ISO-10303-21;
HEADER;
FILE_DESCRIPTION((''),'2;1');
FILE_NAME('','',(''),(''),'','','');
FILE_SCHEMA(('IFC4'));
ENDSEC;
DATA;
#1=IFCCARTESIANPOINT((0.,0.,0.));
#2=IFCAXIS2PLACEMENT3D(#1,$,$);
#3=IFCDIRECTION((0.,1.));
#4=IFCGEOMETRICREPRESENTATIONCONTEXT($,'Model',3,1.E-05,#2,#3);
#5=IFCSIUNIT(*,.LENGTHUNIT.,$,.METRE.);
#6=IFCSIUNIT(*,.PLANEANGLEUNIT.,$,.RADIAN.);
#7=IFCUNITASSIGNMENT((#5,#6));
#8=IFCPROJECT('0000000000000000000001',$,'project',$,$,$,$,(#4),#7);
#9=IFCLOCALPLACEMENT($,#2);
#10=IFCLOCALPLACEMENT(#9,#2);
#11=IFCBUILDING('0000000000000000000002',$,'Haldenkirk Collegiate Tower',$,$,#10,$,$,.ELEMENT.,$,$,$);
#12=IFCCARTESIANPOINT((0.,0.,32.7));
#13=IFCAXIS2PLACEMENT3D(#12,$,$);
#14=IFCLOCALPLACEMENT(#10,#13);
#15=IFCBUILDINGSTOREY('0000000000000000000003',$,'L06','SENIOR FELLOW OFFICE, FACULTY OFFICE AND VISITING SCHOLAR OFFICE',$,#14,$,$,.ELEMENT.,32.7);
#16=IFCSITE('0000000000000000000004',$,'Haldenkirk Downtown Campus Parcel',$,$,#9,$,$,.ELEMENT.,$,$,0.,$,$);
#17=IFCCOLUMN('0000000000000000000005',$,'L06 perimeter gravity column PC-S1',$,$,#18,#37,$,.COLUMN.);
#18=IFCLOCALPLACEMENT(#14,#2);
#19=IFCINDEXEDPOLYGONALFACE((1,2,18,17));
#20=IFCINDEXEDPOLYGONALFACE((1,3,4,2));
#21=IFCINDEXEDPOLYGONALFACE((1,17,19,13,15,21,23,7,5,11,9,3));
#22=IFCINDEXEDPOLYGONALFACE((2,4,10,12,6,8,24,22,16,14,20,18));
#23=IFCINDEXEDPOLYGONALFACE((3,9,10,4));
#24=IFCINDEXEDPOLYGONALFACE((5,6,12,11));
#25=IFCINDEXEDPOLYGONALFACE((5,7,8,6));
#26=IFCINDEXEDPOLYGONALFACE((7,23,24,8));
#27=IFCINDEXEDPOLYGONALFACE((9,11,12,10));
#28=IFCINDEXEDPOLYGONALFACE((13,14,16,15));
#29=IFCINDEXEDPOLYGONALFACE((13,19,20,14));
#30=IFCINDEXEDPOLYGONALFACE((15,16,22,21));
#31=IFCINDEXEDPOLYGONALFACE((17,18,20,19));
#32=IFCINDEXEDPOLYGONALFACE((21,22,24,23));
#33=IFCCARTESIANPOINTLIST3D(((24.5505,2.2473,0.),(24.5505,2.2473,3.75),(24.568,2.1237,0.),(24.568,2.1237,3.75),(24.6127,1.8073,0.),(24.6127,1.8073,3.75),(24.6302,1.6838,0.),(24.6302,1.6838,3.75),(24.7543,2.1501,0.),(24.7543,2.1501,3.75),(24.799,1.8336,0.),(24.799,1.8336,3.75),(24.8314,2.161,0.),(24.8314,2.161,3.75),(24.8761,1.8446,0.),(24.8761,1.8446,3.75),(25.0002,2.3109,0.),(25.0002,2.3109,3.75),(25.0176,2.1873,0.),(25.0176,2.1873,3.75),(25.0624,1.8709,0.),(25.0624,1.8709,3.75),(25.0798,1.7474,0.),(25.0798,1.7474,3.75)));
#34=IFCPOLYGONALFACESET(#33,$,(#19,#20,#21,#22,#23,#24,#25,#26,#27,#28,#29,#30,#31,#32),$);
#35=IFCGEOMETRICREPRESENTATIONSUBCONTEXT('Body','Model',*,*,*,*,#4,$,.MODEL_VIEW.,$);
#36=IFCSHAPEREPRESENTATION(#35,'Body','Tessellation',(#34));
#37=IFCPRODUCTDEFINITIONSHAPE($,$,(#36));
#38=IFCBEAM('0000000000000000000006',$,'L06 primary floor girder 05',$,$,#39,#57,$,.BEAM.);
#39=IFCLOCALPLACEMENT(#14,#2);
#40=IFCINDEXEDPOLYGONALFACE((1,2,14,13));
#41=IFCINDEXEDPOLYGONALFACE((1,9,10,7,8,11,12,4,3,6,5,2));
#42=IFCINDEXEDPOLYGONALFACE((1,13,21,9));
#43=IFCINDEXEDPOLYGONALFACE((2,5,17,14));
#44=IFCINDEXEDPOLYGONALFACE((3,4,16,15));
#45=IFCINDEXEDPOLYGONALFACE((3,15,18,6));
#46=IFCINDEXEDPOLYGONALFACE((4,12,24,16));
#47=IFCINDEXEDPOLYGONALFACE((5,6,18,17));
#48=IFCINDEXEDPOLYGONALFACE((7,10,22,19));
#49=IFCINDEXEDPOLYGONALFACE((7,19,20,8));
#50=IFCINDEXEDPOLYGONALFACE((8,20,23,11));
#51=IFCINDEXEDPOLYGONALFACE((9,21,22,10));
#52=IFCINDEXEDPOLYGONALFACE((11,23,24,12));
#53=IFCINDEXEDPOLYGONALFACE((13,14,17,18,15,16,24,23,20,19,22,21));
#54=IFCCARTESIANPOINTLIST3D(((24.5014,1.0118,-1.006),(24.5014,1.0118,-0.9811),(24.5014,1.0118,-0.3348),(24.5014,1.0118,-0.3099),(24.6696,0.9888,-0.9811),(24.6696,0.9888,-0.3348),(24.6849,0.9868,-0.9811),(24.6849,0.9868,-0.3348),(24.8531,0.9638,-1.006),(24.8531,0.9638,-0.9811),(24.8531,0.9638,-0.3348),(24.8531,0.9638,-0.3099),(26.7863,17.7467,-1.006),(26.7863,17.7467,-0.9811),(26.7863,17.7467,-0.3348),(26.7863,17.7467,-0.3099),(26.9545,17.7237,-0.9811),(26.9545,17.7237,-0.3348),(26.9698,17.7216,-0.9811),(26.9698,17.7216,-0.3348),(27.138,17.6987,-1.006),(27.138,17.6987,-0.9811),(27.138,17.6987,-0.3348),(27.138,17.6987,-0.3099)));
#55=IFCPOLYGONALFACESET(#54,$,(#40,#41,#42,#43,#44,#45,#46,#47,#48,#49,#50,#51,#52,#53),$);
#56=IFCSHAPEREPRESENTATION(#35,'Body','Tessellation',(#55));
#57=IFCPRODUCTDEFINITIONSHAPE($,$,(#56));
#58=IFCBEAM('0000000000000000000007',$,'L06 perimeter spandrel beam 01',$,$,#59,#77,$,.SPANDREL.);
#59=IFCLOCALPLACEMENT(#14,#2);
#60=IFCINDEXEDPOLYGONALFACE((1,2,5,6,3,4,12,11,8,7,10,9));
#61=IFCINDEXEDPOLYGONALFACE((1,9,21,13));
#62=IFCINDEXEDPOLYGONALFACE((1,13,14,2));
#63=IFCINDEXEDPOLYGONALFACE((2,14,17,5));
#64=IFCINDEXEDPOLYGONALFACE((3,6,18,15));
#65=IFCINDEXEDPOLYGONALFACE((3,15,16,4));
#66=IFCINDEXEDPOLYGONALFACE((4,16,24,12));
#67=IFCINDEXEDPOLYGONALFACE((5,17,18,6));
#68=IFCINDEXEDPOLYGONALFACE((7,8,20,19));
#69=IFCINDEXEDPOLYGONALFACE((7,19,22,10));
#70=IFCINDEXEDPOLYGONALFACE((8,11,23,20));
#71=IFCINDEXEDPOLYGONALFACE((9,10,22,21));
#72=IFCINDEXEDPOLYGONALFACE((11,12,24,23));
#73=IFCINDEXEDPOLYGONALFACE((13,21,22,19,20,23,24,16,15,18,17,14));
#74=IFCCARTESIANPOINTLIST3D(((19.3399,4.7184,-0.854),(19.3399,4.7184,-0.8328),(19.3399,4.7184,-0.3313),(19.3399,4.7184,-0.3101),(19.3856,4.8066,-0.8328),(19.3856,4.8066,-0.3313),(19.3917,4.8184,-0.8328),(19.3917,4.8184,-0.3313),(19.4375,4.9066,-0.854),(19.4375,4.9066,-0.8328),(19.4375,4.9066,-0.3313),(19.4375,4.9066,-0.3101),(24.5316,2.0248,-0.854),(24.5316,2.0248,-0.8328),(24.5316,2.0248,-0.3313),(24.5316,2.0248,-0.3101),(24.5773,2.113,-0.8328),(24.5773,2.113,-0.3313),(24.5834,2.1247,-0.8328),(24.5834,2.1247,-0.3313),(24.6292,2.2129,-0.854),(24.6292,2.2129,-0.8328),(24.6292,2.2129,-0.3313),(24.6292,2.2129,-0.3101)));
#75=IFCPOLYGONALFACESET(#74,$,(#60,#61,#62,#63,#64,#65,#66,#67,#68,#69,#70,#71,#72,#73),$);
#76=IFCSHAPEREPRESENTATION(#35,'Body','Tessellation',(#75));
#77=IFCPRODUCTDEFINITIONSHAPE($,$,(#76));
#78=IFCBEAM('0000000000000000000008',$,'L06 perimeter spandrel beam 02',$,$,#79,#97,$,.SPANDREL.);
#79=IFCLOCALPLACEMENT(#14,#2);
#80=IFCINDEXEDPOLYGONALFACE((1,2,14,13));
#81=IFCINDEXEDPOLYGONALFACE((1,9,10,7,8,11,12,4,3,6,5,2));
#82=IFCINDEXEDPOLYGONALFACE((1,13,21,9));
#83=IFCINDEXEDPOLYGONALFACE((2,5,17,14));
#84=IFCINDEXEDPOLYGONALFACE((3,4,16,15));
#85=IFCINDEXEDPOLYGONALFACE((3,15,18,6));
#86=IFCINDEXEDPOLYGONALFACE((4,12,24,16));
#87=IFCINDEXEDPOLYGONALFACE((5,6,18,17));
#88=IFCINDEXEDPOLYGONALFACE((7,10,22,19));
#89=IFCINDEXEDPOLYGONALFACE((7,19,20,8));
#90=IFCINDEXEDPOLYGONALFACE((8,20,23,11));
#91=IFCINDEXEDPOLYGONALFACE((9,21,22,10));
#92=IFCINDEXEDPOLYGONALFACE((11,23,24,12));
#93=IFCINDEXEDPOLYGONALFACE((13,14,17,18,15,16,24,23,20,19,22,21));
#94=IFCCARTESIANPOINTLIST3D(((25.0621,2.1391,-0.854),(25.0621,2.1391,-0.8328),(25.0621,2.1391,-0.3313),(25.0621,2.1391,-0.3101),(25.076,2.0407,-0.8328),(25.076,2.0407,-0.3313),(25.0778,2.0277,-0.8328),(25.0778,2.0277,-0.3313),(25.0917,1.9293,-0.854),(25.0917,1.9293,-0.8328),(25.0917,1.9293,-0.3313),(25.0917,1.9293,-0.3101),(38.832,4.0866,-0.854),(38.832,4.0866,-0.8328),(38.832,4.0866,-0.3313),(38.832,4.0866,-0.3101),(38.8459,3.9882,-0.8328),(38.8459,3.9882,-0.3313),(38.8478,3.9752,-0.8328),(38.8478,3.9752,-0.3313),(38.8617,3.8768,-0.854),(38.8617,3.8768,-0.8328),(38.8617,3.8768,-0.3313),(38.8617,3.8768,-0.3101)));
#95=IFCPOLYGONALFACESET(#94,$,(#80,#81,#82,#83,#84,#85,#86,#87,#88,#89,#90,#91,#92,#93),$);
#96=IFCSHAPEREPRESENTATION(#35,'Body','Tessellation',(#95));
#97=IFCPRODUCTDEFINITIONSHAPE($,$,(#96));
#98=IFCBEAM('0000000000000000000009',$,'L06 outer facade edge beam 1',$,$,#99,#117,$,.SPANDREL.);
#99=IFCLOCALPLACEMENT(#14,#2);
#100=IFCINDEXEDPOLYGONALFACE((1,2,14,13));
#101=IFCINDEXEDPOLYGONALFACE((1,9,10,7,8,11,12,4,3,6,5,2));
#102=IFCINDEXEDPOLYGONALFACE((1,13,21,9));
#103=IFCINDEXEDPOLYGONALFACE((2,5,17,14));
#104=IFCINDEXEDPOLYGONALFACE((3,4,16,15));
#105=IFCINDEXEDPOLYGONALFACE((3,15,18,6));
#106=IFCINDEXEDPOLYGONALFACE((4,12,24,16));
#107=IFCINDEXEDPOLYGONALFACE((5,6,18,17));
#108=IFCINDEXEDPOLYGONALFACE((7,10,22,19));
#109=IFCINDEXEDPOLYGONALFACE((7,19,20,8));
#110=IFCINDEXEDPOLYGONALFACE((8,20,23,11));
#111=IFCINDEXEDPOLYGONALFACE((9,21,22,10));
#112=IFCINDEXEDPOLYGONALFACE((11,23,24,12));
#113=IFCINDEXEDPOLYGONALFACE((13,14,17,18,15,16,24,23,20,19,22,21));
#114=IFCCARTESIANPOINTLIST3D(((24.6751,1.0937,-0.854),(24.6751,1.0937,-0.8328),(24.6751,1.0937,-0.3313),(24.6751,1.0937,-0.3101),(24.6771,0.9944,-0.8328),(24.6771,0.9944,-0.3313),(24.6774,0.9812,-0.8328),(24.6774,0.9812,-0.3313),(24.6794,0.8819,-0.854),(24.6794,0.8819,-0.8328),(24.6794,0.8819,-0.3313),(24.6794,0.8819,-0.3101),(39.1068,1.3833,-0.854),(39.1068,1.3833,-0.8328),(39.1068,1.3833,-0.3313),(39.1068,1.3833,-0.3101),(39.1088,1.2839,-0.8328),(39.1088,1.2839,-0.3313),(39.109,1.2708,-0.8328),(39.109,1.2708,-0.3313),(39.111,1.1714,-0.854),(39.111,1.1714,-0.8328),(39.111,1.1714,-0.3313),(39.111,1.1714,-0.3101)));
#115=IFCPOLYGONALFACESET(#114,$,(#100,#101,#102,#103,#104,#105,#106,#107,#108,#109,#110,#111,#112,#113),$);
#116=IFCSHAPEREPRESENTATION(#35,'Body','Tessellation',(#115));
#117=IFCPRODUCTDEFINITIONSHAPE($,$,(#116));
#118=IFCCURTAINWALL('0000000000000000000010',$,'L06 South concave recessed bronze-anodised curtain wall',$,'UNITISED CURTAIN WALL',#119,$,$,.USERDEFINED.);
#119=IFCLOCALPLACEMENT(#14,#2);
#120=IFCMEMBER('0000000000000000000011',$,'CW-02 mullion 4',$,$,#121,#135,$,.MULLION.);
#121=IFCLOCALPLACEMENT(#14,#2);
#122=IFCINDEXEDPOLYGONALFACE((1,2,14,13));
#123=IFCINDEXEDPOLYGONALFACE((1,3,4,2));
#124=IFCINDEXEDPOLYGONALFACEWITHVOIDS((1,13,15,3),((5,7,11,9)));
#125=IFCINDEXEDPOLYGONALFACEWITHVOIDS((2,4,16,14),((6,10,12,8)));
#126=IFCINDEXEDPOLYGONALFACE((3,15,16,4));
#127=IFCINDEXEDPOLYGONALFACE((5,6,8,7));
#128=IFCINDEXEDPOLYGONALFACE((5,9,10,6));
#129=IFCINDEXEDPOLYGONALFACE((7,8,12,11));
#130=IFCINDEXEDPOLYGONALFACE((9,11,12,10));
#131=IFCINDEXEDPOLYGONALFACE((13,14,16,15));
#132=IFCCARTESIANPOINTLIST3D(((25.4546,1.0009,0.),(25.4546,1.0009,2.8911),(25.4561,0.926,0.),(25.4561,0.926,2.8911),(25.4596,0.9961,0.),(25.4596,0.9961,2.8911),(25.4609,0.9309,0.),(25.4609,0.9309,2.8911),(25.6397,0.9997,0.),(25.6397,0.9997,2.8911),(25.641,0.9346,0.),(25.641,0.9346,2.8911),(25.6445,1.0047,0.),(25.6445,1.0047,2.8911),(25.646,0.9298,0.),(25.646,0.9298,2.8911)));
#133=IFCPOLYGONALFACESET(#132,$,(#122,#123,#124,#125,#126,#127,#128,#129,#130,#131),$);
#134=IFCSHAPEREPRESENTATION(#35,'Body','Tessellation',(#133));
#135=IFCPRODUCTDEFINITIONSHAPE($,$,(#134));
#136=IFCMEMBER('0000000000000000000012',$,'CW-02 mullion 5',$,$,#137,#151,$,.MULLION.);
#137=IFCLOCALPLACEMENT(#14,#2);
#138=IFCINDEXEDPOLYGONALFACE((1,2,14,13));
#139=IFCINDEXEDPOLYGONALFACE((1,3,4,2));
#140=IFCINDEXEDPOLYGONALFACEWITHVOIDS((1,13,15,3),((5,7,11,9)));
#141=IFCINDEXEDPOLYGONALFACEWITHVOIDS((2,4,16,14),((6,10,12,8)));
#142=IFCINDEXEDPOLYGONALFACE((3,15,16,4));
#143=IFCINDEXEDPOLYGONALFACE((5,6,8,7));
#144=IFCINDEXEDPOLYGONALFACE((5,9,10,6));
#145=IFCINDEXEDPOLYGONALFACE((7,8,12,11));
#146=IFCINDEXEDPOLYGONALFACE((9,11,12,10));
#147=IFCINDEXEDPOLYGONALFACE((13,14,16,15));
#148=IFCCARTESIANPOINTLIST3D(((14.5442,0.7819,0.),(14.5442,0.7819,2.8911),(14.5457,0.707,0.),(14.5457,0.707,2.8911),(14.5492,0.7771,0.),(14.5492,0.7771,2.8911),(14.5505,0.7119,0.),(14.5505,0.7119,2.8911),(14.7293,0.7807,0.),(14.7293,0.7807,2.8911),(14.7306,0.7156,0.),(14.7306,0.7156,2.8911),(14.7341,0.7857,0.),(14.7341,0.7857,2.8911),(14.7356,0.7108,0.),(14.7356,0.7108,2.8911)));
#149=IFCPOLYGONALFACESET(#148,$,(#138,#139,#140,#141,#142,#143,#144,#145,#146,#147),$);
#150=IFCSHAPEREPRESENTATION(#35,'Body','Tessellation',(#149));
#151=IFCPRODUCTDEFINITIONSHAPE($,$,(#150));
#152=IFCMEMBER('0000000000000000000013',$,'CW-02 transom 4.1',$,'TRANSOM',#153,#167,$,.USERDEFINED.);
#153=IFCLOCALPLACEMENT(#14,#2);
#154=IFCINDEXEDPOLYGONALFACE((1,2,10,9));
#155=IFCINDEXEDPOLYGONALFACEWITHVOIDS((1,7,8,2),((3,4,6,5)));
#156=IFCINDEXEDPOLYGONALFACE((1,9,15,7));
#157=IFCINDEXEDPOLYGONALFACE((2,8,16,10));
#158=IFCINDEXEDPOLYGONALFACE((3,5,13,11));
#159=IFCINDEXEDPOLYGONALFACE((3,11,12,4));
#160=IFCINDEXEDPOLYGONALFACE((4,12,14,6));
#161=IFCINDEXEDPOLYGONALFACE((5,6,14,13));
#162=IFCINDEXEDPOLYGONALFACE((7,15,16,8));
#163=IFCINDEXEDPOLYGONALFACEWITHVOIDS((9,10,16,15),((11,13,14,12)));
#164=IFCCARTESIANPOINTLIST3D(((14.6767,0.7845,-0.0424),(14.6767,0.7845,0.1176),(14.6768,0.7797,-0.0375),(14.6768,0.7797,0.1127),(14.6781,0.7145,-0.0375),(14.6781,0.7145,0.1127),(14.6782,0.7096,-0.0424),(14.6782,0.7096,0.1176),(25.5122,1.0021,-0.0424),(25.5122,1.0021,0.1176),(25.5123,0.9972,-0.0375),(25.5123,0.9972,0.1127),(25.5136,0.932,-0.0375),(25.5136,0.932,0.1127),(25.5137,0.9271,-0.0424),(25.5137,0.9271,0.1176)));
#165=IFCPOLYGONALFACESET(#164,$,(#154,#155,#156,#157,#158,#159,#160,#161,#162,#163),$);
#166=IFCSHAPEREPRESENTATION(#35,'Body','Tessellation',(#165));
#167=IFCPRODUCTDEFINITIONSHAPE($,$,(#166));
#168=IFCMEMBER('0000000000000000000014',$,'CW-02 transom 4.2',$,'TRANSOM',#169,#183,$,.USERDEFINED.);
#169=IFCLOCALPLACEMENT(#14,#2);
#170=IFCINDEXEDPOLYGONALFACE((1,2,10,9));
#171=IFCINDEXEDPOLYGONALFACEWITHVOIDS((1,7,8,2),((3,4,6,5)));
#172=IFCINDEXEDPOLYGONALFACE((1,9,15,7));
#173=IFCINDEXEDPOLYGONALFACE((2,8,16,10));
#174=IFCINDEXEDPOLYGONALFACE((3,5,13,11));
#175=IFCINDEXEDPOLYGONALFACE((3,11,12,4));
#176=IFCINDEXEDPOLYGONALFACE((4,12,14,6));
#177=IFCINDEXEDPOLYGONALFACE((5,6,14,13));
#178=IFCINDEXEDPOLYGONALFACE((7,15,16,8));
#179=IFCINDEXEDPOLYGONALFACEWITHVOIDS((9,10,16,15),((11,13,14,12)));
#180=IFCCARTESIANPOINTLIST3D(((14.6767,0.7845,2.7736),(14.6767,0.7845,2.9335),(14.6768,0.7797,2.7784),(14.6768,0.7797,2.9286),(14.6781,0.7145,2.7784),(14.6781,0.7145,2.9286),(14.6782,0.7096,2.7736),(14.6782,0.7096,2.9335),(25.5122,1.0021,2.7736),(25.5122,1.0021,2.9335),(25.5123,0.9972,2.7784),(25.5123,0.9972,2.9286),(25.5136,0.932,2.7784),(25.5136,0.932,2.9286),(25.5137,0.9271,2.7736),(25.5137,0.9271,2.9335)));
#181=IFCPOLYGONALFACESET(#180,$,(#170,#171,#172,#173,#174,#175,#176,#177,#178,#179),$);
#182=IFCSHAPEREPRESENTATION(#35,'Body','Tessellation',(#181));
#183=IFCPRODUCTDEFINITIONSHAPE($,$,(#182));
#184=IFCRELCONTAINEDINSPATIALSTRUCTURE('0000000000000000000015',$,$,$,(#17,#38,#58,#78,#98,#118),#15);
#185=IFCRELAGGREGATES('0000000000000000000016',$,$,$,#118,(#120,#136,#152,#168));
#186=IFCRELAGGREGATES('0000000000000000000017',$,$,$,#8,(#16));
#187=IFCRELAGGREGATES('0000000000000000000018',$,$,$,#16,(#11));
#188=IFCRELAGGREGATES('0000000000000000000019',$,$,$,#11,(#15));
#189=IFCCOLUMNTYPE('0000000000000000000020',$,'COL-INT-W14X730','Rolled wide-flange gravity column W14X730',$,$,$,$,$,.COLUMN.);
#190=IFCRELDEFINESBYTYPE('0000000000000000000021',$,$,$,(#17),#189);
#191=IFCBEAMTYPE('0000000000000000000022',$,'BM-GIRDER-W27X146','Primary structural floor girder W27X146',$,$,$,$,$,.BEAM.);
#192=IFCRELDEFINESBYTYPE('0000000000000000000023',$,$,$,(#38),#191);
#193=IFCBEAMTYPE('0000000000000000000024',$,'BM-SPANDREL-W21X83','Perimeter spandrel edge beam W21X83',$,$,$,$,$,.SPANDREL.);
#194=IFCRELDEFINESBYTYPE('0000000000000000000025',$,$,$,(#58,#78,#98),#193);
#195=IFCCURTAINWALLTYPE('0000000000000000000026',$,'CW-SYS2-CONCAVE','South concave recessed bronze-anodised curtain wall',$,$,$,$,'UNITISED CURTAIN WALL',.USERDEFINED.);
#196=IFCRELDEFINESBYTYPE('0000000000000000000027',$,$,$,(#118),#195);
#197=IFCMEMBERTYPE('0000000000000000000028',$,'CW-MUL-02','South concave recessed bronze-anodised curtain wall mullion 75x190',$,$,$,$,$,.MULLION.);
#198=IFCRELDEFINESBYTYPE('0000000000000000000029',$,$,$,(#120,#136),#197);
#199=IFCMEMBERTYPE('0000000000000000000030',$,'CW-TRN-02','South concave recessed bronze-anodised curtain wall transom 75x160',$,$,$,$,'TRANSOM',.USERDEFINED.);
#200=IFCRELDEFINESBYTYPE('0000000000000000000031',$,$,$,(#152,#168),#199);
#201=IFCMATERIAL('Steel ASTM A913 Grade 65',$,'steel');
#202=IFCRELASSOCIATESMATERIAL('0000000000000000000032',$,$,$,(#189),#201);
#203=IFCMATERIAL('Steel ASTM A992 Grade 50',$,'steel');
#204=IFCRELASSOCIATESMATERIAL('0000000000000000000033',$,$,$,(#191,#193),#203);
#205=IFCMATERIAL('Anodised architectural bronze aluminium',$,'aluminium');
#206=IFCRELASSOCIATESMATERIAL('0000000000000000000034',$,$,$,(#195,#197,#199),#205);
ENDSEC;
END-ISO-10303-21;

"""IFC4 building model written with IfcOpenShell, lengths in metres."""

from ifc_helpers import new_model, si_unit, direction, frame, origin, origin_2d, place, context, subcontext, project, spatial, hollow_rectangle, i_section, extrude, material, material_profile, profile_set, type_object, element, aggregate, save


model = new_model("IFC4")

# Units and contexts
model_context = context("Model", 3, precision=1e-05, world=origin(), true_north=direction((0.0, 1.0)))
body_context = subcontext(model_context, "Body", "Model", "MODEL_VIEW")
ifc_project = project(units=[si_unit("LENGTHUNIT", "METRE"), si_unit("PLANEANGLEUNIT", "RADIAN")], contexts=[model_context])

# Site, building, storey
site_placement = place(None, origin())
site = spatial("IfcSite", under=ifc_project, at=site_placement, Name="Haldenkirk Downtown Campus Parcel", CompositionType="ELEMENT", RefElevation=0.0)
building_placement = place(site_placement, origin())
building = spatial("IfcBuilding", under=site, at=building_placement, Name="Haldenkirk Collegiate Tower", CompositionType="ELEMENT")
storey_placement = place(building_placement, frame((0.0, 0.0, 32.7)))
storey = spatial("IfcBuildingStorey", under=building, at=storey_placement, Name="L06", Description="SENIOR FELLOW OFFICE, FACULTY OFFICE AND VISITING SCHOLAR OFFICE", CompositionType="ELEMENT", Elevation=32.7)

# Column
ifc_material_1 = material(Name="Steel ASTM A913 Grade 65", Category="steel")
ifc_material_profile_1 = material_profile(ifc_material_1, i_section(OverallWidth=0.4541, OverallDepth=0.5691, WebThickness=0.0779, FlangeThickness=0.1248, at=origin_2d()), Name="W14X730")
ifc_profile_set_1 = profile_set([ifc_material_profile_1], Name="Steel ASTM A913 Grade 65")
column_type = type_object("IfcColumnType", Name="COL-INT-W14X730", Description="Rolled wide-flange gravity column W14X730", PredefinedType="COLUMN", material=ifc_profile_set_1)
column_placement = place(storey_placement, frame((24.8152, 1.9973, 0.0), z_axis=(0.0, 0.0, 1.0), x_axis=(0.990146, 0.140037, 0.0)))
element("IfcColumn", 1, at=column_placement, inside=storey, type_object=column_type, Name="L06 perimeter gravity column PC-S1", PredefinedType="COLUMN", context=body_context, shape_type="SweptSolid", body=[
    extrude(i_section(OverallWidth=0.4541, OverallDepth=0.5691, WebThickness=0.0779, FlangeThickness=0.1248, at=origin_2d()), origin(), (0.0, 0.0, 1.0), 3.75),
])

# Beams
ifc_material_2 = material(Name="Steel ASTM A992 Grade 50", Category="steel")
ifc_material_profile_2 = material_profile(ifc_material_2, i_section(OverallWidth=0.355, OverallDepth=0.696, WebThickness=0.0154, FlangeThickness=0.0249, at=origin_2d()), Name="W27X146")
ifc_profile_set_2 = profile_set([ifc_material_profile_2], Name="Steel ASTM A992 Grade 50")
beam_type_1 = type_object("IfcBeamType", Name="BM-GIRDER-W27X146", Description="Primary structural floor girder W27X146", PredefinedType="BEAM", material=ifc_profile_set_2)
beam_1_placement = place(storey_placement, frame((24.6772, 0.9878, -0.658), z_axis=(0.135281, 0.990807, 0.0), x_axis=(-0.990807, 0.135281, 0.0)))
element("IfcBeam", 2, at=beam_1_placement, inside=storey, type_object=beam_type_1, Name="L06 primary floor girder 05", PredefinedType="BEAM", context=body_context, shape_type="SweptSolid", body=[
    extrude(i_section(OverallWidth=0.355, OverallDepth=0.696, WebThickness=0.0154, FlangeThickness=0.0249, at=origin_2d()), origin(), (0.0, 0.0, 1.0), 16.8901),
])
ifc_material_profile_3 = material_profile(ifc_material_2, i_section(OverallWidth=0.2119, OverallDepth=0.5439, WebThickness=0.0132, FlangeThickness=0.0212, at=origin_2d()), Name="W21X83")
ifc_profile_set_3 = profile_set([ifc_material_profile_3], Name="Steel ASTM A992 Grade 50")
beam_type_2 = type_object("IfcBeamType", Name="BM-SPANDREL-W21X83", Description="Perimeter spandrel edge beam W21X83", PredefinedType="SPANDREL", material=ifc_profile_set_3)
beam_2_placement = place(storey_placement, frame((19.3887, 4.8125, -0.582), z_axis=(0.88764, -0.460538, 0.0), x_axis=(0.460538, 0.88764, 0.0)))
element("IfcBeam", 3, at=beam_2_placement, inside=storey, type_object=beam_type_2, Name="L06 perimeter spandrel beam 01", PredefinedType="SPANDREL", context=body_context, shape_type="SweptSolid", body=[
    extrude(i_section(OverallWidth=0.2119, OverallDepth=0.5439, WebThickness=0.0132, FlangeThickness=0.0212, at=origin_2d()), origin(), (0.0, 0.0, 1.0), 5.8489),
])
beam_3_placement = place(storey_placement, frame((25.0769, 2.0342, -0.582), z_axis=(0.990146, 0.140038, 0.0), x_axis=(-0.140038, 0.990146, 0.0)))
element("IfcBeam", 4, at=beam_3_placement, inside=storey, type_object=beam_type_2, Name="L06 perimeter spandrel beam 02", PredefinedType="SPANDREL", context=body_context, shape_type="SweptSolid", body=[
    extrude(i_section(OverallWidth=0.2119, OverallDepth=0.5439, WebThickness=0.0132, FlangeThickness=0.0212, at=origin_2d()), origin(), (0.0, 0.0, 1.0), 13.907),
])
beam_4_placement = place(storey_placement, frame((24.6772, 0.9878, -0.582), z_axis=(0.999799, 0.02006, 0.0), x_axis=(-0.02006, 0.999799, 0.0)))
element("IfcBeam", 5, at=beam_4_placement, inside=storey, type_object=beam_type_2, Name="L06 outer facade edge beam 1", PredefinedType="SPANDREL", context=body_context, shape_type="SweptSolid", body=[
    extrude(i_section(OverallWidth=0.2119, OverallDepth=0.5439, WebThickness=0.0132, FlangeThickness=0.0212, at=origin_2d()), origin(), (0.0, 0.0, 1.0), 14.4346),
])

# Curtain wall, members
ifc_material_3 = material(Name="Anodised architectural bronze aluminium", Category="aluminium")
curtain_wall_type = type_object("IfcCurtainWallType", Name="CW-SYS2-CONCAVE", Description="South concave recessed bronze-anodised curtain wall", ElementType="UNITISED CURTAIN WALL", PredefinedType="USERDEFINED", material=ifc_material_3)
curtain_wall_placement = place(storey_placement, origin())
curtain_wall = element("IfcCurtainWall", 6, at=curtain_wall_placement, inside=storey, type_object=curtain_wall_type, Name="L06 South concave recessed bronze-anodised curtain wall", ObjectType="UNITISED CURTAIN WALL", PredefinedType="USERDEFINED")
ifc_material_profile_4 = material_profile(ifc_material_3, hollow_rectangle(XDim=0.075, YDim=0.1899, WallThickness=0.0049, at=origin_2d()), Name="CW-MUL-02")
ifc_profile_set_4 = profile_set([ifc_material_profile_4], Name="Anodised architectural bronze aluminium")
member_type_1 = type_object("IfcMemberType", Name="CW-MUL-02", Description="South concave recessed bronze-anodised curtain wall mullion 75x190", PredefinedType="MULLION", material=ifc_profile_set_4)
member_1_placement = place(storey_placement, frame((25.5503, 0.9653, 0.0), z_axis=(0.0, 0.0, 1.0), x_axis=(0.020068, -0.999799, 0.0)))
member_1 = element("IfcMember", 7, at=member_1_placement, type_object=member_type_1, Name="CW-02 mullion 4", PredefinedType="MULLION", context=body_context, shape_type="SweptSolid", body=[
    extrude(hollow_rectangle(XDim=0.075, YDim=0.1899, WallThickness=0.0049, at=origin_2d()), origin(), (0.0, 0.0, 1.0), 2.8911),
])
member_2_placement = place(storey_placement, frame((14.6399, 0.7463, 0.0), z_axis=(0.0, 0.0, 1.0), x_axis=(0.020068, -0.999799, 0.0)))
member_2 = element("IfcMember", 8, at=member_2_placement, type_object=member_type_1, Name="CW-02 mullion 5", PredefinedType="MULLION", context=body_context, shape_type="SweptSolid", body=[
    extrude(hollow_rectangle(XDim=0.075, YDim=0.1899, WallThickness=0.0049, at=origin_2d()), origin(), (0.0, 0.0, 1.0), 2.8911),
])
ifc_material_profile_5 = material_profile(ifc_material_3, hollow_rectangle(XDim=0.075, YDim=0.1599, WallThickness=0.0049, at=origin_2d()), Name="CW-TRN-02")
ifc_profile_set_5 = profile_set([ifc_material_profile_5], Name="Anodised architectural bronze aluminium")
member_type_2 = type_object("IfcMemberType", Name="CW-TRN-02", Description="South concave recessed bronze-anodised curtain wall transom 75x160", ElementType="TRANSOM", PredefinedType="USERDEFINED", material=ifc_profile_set_5)
member_3_placement = place(storey_placement, frame((25.5129, 0.9646, 0.0376), z_axis=(-0.999799, -0.020072, 0.0), x_axis=(0.020072, -0.999799, 0.0)))
member_3 = element("IfcMember", 9, at=member_3_placement, type_object=member_type_2, Name="CW-02 transom 4.1", ObjectType="TRANSOM", PredefinedType="USERDEFINED", context=body_context, shape_type="SweptSolid", body=[
    extrude(hollow_rectangle(XDim=0.075, YDim=0.1599, WallThickness=0.0049, at=origin_2d()), origin(), (0.0, 0.0, 1.0), 10.8376),
])
member_4_placement = place(storey_placement, frame((25.5129, 0.9646, 2.8535), z_axis=(-0.999799, -0.020072, 0.0), x_axis=(0.020072, -0.999799, 0.0)))
member_4 = element("IfcMember", 10, at=member_4_placement, type_object=member_type_2, Name="CW-02 transom 4.2", ObjectType="TRANSOM", PredefinedType="USERDEFINED", context=body_context, shape_type="SweptSolid", body=[
    extrude(hollow_rectangle(XDim=0.075, YDim=0.1599, WallThickness=0.0049, at=origin_2d()), origin(), (0.0, 0.0, 1.0), 10.8376),
])
aggregate(curtain_wall, [member_1, member_2, member_3, member_4])

save(model, "model.ifc")
